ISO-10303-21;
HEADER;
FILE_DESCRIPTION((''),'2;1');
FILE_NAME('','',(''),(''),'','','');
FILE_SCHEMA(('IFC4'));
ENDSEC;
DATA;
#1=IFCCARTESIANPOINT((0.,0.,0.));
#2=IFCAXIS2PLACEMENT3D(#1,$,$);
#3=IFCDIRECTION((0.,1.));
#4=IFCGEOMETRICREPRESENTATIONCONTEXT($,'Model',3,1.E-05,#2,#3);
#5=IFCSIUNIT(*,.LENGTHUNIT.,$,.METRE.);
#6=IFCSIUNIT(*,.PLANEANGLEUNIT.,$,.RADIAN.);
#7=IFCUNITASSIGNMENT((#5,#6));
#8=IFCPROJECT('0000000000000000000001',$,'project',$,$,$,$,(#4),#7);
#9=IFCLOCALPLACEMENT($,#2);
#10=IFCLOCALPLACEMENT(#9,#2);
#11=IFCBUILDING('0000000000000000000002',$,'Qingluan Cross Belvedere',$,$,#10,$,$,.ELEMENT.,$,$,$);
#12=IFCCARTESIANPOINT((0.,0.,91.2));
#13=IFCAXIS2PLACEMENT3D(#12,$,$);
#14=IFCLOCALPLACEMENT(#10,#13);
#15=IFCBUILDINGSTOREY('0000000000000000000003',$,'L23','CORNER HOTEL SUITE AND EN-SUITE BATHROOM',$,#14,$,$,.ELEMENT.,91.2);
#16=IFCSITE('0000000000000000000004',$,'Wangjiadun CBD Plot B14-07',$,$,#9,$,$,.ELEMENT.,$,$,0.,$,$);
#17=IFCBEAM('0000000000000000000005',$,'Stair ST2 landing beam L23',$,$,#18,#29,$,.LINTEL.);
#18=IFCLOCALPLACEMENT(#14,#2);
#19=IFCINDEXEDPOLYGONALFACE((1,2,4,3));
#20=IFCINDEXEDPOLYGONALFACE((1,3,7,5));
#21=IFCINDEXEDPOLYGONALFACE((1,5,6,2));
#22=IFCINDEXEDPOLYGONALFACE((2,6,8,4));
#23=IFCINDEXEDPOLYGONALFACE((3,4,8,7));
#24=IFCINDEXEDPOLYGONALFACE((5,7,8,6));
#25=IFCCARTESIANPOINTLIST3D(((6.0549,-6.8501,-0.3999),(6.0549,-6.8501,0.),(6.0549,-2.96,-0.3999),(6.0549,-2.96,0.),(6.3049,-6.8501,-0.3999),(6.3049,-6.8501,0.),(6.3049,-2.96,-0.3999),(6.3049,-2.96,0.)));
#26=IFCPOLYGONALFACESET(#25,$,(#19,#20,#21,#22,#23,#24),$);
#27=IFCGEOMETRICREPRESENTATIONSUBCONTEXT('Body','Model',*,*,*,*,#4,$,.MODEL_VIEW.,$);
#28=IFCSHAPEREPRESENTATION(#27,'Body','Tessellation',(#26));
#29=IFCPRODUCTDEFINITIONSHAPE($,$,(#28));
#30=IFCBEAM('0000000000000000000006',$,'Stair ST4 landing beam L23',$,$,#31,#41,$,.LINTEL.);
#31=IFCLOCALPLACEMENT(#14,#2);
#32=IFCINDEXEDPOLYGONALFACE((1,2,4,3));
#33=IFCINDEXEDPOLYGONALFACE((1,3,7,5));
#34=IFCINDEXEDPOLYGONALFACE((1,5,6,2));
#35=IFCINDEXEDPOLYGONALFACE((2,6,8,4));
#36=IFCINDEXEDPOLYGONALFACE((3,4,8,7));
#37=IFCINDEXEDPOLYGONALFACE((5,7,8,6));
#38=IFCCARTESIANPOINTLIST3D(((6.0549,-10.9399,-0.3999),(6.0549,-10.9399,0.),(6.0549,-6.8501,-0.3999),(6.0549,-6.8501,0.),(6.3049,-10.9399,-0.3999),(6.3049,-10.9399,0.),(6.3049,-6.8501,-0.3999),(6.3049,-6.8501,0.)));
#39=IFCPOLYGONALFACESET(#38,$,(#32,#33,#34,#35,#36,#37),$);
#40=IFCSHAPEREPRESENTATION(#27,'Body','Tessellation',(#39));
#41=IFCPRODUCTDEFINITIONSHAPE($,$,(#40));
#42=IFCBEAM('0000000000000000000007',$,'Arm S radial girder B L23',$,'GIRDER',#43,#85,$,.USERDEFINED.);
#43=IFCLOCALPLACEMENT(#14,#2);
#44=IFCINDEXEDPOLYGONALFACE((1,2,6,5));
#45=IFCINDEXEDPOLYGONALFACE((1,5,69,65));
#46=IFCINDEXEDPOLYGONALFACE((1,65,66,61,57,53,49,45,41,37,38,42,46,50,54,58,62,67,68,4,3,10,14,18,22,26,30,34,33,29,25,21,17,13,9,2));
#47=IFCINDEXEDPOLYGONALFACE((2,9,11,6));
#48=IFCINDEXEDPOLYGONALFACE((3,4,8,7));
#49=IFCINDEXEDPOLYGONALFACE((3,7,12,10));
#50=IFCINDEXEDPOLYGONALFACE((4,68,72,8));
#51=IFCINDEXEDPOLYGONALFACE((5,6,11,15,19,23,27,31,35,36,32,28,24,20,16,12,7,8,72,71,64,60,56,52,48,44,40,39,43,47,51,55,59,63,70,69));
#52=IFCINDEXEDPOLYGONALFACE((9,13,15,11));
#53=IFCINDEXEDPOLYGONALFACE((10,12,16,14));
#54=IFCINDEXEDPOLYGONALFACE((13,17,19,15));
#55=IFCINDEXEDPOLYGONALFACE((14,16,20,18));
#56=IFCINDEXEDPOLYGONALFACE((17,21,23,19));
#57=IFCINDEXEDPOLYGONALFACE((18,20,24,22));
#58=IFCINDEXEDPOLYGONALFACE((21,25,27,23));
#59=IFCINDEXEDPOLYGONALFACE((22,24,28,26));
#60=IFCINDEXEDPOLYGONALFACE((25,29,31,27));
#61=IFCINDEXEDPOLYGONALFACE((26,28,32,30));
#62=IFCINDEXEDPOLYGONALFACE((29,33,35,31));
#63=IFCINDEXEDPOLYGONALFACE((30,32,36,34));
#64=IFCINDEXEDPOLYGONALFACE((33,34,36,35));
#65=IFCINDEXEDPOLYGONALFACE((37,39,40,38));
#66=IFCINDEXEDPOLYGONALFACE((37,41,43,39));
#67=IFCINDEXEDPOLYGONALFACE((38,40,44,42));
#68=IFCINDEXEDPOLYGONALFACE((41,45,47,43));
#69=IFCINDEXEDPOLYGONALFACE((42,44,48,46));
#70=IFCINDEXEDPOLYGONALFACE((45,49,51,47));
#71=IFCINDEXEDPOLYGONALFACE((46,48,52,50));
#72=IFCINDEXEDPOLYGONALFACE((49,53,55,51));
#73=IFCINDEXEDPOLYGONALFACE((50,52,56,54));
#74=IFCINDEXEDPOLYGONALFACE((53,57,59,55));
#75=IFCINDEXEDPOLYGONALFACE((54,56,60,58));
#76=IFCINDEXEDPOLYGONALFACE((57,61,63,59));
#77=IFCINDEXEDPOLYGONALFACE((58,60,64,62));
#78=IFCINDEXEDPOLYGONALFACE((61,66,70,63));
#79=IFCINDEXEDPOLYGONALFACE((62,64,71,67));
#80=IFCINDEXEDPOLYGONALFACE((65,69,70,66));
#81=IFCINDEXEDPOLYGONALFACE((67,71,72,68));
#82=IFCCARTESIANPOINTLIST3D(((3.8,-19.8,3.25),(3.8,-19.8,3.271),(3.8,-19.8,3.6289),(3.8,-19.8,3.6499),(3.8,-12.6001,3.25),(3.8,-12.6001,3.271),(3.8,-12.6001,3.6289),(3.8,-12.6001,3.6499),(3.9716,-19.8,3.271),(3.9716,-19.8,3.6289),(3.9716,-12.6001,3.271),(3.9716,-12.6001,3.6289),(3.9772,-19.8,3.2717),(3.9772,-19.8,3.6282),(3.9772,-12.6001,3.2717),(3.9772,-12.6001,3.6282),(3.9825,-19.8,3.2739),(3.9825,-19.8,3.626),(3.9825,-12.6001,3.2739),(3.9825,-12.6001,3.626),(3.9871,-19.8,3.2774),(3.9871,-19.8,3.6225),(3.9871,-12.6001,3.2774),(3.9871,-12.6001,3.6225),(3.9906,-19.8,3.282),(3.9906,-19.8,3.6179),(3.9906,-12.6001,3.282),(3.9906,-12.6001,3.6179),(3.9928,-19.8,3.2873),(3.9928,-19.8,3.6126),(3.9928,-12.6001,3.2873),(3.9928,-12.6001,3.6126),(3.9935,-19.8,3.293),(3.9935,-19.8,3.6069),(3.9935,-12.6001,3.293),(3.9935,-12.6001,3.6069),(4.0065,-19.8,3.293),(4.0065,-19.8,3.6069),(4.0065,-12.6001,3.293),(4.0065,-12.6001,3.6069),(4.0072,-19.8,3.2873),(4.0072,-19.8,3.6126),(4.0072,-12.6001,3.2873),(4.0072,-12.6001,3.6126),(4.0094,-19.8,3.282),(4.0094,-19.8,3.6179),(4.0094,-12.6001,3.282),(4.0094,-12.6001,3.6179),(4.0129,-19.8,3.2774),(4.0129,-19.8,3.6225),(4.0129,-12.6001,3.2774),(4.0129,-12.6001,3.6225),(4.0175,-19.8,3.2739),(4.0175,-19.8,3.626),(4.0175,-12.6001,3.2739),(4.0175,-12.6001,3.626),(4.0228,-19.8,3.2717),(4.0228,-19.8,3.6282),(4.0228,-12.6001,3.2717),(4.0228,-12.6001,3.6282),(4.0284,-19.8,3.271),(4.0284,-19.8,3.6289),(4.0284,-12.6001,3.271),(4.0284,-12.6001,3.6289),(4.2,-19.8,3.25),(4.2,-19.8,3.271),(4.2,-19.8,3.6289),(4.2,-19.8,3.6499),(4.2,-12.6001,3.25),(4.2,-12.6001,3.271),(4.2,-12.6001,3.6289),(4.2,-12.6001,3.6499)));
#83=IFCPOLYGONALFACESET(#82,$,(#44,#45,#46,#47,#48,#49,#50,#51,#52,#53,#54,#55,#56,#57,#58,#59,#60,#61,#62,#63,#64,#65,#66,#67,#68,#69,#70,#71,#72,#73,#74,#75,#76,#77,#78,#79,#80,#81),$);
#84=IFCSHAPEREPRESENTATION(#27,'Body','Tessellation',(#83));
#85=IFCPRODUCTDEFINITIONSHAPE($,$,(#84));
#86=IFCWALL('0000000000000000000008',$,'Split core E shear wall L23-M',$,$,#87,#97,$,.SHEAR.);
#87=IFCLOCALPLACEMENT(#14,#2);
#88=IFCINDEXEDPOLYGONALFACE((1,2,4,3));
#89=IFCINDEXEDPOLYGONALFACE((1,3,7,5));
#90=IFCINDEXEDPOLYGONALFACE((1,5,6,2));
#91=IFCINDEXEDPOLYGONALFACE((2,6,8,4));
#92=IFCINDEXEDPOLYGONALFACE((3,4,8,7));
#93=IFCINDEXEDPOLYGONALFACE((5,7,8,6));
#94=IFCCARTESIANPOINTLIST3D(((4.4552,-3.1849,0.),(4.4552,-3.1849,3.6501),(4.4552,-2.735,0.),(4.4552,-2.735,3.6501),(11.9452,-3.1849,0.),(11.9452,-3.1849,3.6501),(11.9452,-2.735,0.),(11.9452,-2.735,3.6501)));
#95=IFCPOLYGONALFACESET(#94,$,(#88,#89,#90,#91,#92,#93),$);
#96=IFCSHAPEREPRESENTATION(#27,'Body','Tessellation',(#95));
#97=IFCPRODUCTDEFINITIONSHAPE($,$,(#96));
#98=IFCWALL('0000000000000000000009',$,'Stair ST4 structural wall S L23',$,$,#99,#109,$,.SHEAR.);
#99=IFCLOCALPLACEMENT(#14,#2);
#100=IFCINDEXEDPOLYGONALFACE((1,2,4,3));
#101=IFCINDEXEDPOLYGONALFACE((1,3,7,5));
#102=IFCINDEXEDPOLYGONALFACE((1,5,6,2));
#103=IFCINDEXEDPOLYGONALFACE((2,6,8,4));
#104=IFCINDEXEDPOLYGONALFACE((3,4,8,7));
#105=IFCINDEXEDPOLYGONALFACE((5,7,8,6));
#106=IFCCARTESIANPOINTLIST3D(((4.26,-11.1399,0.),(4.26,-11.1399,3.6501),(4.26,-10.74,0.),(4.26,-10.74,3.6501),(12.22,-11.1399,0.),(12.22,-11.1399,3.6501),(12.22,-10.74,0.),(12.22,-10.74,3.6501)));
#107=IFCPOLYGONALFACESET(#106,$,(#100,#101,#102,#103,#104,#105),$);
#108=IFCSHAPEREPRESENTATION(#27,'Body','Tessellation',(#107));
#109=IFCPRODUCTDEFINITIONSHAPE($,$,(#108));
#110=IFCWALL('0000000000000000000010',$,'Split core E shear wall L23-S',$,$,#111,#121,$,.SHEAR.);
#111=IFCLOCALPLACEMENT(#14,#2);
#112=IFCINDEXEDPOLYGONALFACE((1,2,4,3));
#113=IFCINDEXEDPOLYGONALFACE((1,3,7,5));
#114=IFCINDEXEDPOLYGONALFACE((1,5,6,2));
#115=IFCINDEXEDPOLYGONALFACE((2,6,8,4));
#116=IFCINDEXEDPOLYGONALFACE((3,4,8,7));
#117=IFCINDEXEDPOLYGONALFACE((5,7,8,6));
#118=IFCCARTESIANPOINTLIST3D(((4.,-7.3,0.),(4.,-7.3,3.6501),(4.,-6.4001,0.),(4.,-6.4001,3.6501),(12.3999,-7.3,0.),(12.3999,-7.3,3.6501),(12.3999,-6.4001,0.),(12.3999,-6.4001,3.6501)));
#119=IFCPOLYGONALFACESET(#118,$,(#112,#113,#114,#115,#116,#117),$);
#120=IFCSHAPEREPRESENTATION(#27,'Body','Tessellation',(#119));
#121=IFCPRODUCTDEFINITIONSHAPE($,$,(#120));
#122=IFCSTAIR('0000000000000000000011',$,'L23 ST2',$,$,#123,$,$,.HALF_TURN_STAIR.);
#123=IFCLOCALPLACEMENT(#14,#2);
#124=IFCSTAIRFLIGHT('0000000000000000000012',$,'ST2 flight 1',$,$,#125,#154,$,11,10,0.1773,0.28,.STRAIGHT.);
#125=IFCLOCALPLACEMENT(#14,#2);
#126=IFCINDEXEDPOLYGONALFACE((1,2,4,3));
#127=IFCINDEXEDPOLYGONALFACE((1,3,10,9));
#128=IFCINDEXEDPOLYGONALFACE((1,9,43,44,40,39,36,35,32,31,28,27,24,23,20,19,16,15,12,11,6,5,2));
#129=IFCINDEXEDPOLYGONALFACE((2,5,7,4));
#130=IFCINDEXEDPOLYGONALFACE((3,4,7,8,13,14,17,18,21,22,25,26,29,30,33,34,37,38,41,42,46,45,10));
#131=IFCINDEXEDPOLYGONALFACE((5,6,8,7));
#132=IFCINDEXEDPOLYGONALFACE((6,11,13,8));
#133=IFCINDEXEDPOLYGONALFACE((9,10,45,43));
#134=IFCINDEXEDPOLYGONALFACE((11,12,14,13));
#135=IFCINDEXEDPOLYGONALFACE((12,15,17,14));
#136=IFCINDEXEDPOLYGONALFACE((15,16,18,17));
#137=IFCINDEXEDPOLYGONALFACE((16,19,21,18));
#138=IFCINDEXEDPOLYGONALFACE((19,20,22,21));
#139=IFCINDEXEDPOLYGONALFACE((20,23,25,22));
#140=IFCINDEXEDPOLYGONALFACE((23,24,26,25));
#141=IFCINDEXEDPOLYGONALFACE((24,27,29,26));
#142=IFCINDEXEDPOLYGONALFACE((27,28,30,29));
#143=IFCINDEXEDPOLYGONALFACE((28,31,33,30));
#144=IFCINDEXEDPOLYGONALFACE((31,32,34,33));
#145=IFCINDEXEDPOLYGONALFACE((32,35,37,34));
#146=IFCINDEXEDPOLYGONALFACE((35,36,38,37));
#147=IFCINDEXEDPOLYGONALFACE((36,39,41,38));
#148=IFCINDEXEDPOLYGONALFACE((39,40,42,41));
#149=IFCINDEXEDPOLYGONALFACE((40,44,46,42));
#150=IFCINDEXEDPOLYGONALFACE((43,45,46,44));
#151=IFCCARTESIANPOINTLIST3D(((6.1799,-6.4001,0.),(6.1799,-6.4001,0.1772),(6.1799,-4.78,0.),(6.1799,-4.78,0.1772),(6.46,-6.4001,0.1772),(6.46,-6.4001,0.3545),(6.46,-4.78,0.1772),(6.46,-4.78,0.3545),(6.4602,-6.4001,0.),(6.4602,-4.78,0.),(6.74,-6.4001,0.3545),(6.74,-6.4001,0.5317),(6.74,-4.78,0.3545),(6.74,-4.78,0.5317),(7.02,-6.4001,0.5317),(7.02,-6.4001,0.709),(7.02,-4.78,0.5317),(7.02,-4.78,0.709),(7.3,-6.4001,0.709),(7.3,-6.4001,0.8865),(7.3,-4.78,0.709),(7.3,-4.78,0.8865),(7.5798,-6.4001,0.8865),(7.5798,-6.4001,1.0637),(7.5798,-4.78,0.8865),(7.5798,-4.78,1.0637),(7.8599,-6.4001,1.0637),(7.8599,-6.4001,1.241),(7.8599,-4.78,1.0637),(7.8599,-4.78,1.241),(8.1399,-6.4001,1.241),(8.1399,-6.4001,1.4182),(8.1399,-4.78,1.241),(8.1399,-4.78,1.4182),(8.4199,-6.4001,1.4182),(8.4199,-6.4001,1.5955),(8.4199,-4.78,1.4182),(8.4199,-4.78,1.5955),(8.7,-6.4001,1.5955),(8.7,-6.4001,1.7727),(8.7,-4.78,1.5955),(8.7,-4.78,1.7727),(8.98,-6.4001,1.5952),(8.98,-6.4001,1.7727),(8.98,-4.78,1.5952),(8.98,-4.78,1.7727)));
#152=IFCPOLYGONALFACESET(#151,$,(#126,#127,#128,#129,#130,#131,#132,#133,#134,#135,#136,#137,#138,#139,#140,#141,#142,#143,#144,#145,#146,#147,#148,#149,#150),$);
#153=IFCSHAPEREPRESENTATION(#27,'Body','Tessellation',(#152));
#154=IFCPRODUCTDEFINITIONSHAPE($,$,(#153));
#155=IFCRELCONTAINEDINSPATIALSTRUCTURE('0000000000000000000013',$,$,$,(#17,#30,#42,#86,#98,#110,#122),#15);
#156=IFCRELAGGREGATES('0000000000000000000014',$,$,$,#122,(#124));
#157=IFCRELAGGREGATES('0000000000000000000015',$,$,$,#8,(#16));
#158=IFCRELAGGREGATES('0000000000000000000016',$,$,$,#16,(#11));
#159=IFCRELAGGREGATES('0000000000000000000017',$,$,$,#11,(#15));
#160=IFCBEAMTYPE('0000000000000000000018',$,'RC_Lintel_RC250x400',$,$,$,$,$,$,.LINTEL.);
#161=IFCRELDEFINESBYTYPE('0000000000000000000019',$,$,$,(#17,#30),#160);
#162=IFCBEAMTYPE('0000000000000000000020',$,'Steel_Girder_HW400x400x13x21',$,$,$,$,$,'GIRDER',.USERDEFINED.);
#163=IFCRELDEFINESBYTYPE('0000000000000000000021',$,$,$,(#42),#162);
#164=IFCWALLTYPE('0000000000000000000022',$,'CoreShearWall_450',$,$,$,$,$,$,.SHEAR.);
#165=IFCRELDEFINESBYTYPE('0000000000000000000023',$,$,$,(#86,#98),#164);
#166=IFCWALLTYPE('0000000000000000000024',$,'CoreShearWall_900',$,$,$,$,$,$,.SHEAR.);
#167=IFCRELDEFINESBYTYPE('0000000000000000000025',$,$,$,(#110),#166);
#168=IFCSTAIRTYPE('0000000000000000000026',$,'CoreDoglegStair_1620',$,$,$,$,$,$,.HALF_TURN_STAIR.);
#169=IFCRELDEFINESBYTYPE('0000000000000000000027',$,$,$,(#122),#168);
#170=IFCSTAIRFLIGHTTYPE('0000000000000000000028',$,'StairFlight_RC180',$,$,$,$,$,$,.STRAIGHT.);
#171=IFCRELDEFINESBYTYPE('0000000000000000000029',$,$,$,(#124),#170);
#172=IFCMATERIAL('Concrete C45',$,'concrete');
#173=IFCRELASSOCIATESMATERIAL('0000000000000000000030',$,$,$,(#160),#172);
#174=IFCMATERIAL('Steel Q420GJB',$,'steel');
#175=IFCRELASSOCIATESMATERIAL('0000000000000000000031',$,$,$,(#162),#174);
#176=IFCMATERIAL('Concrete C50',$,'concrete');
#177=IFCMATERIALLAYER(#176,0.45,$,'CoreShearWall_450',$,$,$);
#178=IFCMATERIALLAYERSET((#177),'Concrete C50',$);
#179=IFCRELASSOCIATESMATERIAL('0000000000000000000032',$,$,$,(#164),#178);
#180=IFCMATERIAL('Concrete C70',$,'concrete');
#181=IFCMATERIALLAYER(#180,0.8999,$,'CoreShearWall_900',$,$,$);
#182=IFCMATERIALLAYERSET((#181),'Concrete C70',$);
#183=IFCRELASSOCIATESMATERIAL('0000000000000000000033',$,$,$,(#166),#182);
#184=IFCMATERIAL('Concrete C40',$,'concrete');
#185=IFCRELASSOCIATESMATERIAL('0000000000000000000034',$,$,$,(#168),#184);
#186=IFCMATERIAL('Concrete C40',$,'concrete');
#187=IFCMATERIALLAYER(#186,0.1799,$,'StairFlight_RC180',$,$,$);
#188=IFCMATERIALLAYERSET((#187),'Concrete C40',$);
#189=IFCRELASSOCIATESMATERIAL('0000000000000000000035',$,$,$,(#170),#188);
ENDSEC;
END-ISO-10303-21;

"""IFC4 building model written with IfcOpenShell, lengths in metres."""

from ifc_helpers import new_model, si_unit, direction, frame, frame_2d, origin, origin_2d, place, context, subcontext, project, spatial, polyline, rectangle, i_section, outline, extrude, material, layer, layer_set, material_profile, profile_set, type_object, element, aggregate, save


model = new_model("IFC4")

# Units and contexts
model_context = context("Model", 3, precision=1e-05, world=origin(), true_north=direction((0.0, 1.0)))
body_context = subcontext(model_context, "Body", "Model", "MODEL_VIEW")
ifc_project = project(units=[si_unit("LENGTHUNIT", "METRE"), si_unit("PLANEANGLEUNIT", "RADIAN")], contexts=[model_context])

# Site, building, storey
site_placement = place(None, origin())
site = spatial("IfcSite", under=ifc_project, at=site_placement, Name="Wangjiadun CBD Plot B14-07", CompositionType="ELEMENT", RefElevation=0.0)
building_placement = place(site_placement, origin())
building = spatial("IfcBuilding", under=site, at=building_placement, Name="Qingluan Cross Belvedere", CompositionType="ELEMENT")
storey_placement = place(building_placement, frame((0.0, 0.0, 91.2)))
storey = spatial("IfcBuildingStorey", under=building, at=storey_placement, Name="L23", Description="CORNER HOTEL SUITE AND EN-SUITE BATHROOM", CompositionType="ELEMENT", Elevation=91.2)

# Beams
ifc_material_1 = material(Name="Concrete C45", Category="concrete")
ifc_material_profile_1 = material_profile(ifc_material_1, rectangle(XDim=0.25, YDim=0.3999, at=origin_2d()), Name="RC250x400")
ifc_profile_set_1 = profile_set([ifc_material_profile_1], Name="Concrete C45")
beam_type_1 = type_object("IfcBeamType", Name="RC_Lintel_RC250x400", PredefinedType="LINTEL", material=ifc_profile_set_1)
beam_1_placement = place(storey_placement, frame((6.1799, -6.8501, -0.2), z_axis=(0.0, 1.0, 0.0), x_axis=(-1.0, 0.0, 0.0)))
element("IfcBeam", 1, at=beam_1_placement, inside=storey, type_object=beam_type_1, Name="Stair ST2 landing beam L23", PredefinedType="LINTEL", context=body_context, shape_type="SweptSolid", body=[
    extrude(rectangle(XDim=0.25, YDim=0.3999, at=origin_2d()), origin(), (0.0, 0.0, 1.0), 3.8901),
])
beam_2_placement = place(storey_placement, frame((6.1799, -10.9399, -0.2), z_axis=(0.0, 1.0, 0.0), x_axis=(-1.0, 0.0, 0.0)))
element("IfcBeam", 2, at=beam_2_placement, inside=storey, type_object=beam_type_1, Name="Stair ST4 landing beam L23", PredefinedType="LINTEL", context=body_context, shape_type="SweptSolid", body=[
    extrude(rectangle(XDim=0.25, YDim=0.3999, at=origin_2d()), origin(), (0.0, 0.0, 1.0), 4.0898),
])
ifc_material_2 = material(Name="Steel Q420GJB", Category="steel")
ifc_material_profile_2 = material_profile(ifc_material_2, i_section(OverallWidth=0.3999, OverallDepth=0.3999, WebThickness=0.0129, FlangeThickness=0.021, FilletRadius=0.022, at=origin_2d()), Name="HW400x400x13x21")
ifc_profile_set_2 = profile_set([ifc_material_profile_2], Name="Steel Q420GJB")
beam_type_2 = type_object("IfcBeamType", Name="Steel_Girder_HW400x400x13x21", ElementType="GIRDER", PredefinedType="USERDEFINED", material=ifc_profile_set_2)
beam_3_placement = place(storey_placement, frame((4.0, -12.6001, 3.45), z_axis=(0.0, -1.0, 0.0), x_axis=(1.0, 0.0, 0.0)))
element("IfcBeam", 3, at=beam_3_placement, inside=storey, type_object=beam_type_2, Name="Arm S radial girder B L23", ObjectType="GIRDER", PredefinedType="USERDEFINED", context=body_context, shape_type="SweptSolid", body=[
    extrude(i_section(OverallWidth=0.3999, OverallDepth=0.3999, WebThickness=0.0129, FlangeThickness=0.021, FilletRadius=0.022, at=origin_2d()), origin(), (0.0, 0.0, 1.0), 7.2),
])

# Walls
ifc_material_3 = material(Name="Concrete C50", Category="concrete")
ifc_layer_1 = layer(ifc_material_3, 0.45, Name="CoreShearWall_450")
ifc_layer_set_1 = layer_set([ifc_layer_1], Name="Concrete C50")
wall_type_1 = type_object("IfcWallType", Name="CoreShearWall_450", PredefinedType="SHEAR", material=ifc_layer_set_1)
wall_1_placement = place(storey_placement, frame((4.4551, -2.96, 0.0), z_axis=(0.0, 0.0, 1.0), x_axis=(1.0, 0.0, 0.0)))
element("IfcWall", 4, at=wall_1_placement, inside=storey, type_object=wall_type_1, Name="Split core E shear wall L23-M", PredefinedType="SHEAR", context=body_context, shape_type="SweptSolid", body=[
    extrude(rectangle(XDim=7.49, YDim=0.45, at=frame_2d((3.7451, 0.0))), origin(), (0.0, 0.0, 1.0), 3.6501),
])
wall_2_placement = place(storey_placement, frame((4.26, -10.9399, 0.0), z_axis=(0.0, 0.0, 1.0), x_axis=(1.0, 0.0, 0.0)))
element("IfcWall", 5, at=wall_2_placement, inside=storey, type_object=wall_type_1, Name="Stair ST4 structural wall S L23", PredefinedType="SHEAR", context=body_context, shape_type="SweptSolid", body=[
    extrude(rectangle(XDim=7.96, YDim=0.3999, at=frame_2d((3.98, 0.0))), origin(), (0.0, 0.0, 1.0), 3.6501),
])

# Wall
ifc_material_4 = material(Name="Concrete C70", Category="concrete")
ifc_layer_2 = layer(ifc_material_4, 0.8999, Name="CoreShearWall_900")
ifc_layer_set_2 = layer_set([ifc_layer_2], Name="Concrete C70")
wall_type_2 = type_object("IfcWallType", Name="CoreShearWall_900", PredefinedType="SHEAR", material=ifc_layer_set_2)
wall_3_placement = place(storey_placement, frame((4.0, -6.8501, 0.0), z_axis=(0.0, 0.0, 1.0), x_axis=(1.0, 0.0, 0.0)))
element("IfcWall", 6, at=wall_3_placement, inside=storey, type_object=wall_type_2, Name="Split core E shear wall L23-S", PredefinedType="SHEAR", context=body_context, shape_type="SweptSolid", body=[
    extrude(rectangle(XDim=8.3999, YDim=0.8999, at=frame_2d((4.2, 0.0))), origin(), (0.0, 0.0, 1.0), 3.6501),
])

# Stair, stair flight
ifc_material_5 = material(Name="Concrete C40", Category="concrete")
stair_type = type_object("IfcStairType", Name="CoreDoglegStair_1620", PredefinedType="HALF_TURN_STAIR", material=ifc_material_5)
stair_1_placement = place(storey_placement, origin())
stair_1 = element("IfcStair", 7, at=stair_1_placement, inside=storey, type_object=stair_type, Name="L23 ST2", PredefinedType="HALF_TURN_STAIR")
ifc_material_6 = material(Name="Concrete C40", Category="concrete")
ifc_layer_3 = layer(ifc_material_6, 0.1799, Name="StairFlight_RC180")
ifc_layer_set_3 = layer_set([ifc_layer_3], Name="Concrete C40")
stair_flight_type = type_object("IfcStairFlightType", Name="StairFlight_RC180", PredefinedType="STRAIGHT", material=ifc_layer_set_3)
stair_flight_1_placement = place(storey_placement, frame((6.1799, -5.5901, 0.0), z_axis=(0.0, 0.0, 1.0), x_axis=(1.0, 0.0, 0.0)))
stair_flight_1 = element("IfcStairFlight", 8, at=stair_flight_1_placement, type_object=stair_flight_type, Name="ST2 flight 1", NumberOfRisers=11, NumberOfTreads=10, PredefinedType="STRAIGHT", RiserHeight=0.1773, TreadLength=0.28, context=body_context, shape_type="SweptSolid", body=[
    extrude(outline(polyline([(0.0, 0.0), (0.0, 0.1772), (0.28, 0.1772), (0.28, 0.3545), (0.5601, 0.3545), (0.5601, 0.5317), (0.8401, 0.5317), (0.8401, 0.709), (1.1201, 0.709), (1.1201, 0.8865), (1.3999, 0.8865), (1.3999, 1.0637), (1.6799, 1.0637), (1.6799, 1.241), (1.96, 1.241), (1.96, 1.4182), (2.24, 1.4182), (2.24, 1.5955), (2.52, 1.5955), (2.52, 1.7727), (2.8, 1.7727), (2.8, 1.95), (2.8, 1.5952), (0.2803, 0.0), (0.0, 0.0)])), frame((0.0, 0.8101, 0.0), z_axis=(0.0, -1.0, 0.0), x_axis=(1.0, 0.0, 0.0)), (0.0, 0.0, 1.0), 1.6201),
])
aggregate(stair_1, [stair_flight_1])

save(model, "model.ifc")
